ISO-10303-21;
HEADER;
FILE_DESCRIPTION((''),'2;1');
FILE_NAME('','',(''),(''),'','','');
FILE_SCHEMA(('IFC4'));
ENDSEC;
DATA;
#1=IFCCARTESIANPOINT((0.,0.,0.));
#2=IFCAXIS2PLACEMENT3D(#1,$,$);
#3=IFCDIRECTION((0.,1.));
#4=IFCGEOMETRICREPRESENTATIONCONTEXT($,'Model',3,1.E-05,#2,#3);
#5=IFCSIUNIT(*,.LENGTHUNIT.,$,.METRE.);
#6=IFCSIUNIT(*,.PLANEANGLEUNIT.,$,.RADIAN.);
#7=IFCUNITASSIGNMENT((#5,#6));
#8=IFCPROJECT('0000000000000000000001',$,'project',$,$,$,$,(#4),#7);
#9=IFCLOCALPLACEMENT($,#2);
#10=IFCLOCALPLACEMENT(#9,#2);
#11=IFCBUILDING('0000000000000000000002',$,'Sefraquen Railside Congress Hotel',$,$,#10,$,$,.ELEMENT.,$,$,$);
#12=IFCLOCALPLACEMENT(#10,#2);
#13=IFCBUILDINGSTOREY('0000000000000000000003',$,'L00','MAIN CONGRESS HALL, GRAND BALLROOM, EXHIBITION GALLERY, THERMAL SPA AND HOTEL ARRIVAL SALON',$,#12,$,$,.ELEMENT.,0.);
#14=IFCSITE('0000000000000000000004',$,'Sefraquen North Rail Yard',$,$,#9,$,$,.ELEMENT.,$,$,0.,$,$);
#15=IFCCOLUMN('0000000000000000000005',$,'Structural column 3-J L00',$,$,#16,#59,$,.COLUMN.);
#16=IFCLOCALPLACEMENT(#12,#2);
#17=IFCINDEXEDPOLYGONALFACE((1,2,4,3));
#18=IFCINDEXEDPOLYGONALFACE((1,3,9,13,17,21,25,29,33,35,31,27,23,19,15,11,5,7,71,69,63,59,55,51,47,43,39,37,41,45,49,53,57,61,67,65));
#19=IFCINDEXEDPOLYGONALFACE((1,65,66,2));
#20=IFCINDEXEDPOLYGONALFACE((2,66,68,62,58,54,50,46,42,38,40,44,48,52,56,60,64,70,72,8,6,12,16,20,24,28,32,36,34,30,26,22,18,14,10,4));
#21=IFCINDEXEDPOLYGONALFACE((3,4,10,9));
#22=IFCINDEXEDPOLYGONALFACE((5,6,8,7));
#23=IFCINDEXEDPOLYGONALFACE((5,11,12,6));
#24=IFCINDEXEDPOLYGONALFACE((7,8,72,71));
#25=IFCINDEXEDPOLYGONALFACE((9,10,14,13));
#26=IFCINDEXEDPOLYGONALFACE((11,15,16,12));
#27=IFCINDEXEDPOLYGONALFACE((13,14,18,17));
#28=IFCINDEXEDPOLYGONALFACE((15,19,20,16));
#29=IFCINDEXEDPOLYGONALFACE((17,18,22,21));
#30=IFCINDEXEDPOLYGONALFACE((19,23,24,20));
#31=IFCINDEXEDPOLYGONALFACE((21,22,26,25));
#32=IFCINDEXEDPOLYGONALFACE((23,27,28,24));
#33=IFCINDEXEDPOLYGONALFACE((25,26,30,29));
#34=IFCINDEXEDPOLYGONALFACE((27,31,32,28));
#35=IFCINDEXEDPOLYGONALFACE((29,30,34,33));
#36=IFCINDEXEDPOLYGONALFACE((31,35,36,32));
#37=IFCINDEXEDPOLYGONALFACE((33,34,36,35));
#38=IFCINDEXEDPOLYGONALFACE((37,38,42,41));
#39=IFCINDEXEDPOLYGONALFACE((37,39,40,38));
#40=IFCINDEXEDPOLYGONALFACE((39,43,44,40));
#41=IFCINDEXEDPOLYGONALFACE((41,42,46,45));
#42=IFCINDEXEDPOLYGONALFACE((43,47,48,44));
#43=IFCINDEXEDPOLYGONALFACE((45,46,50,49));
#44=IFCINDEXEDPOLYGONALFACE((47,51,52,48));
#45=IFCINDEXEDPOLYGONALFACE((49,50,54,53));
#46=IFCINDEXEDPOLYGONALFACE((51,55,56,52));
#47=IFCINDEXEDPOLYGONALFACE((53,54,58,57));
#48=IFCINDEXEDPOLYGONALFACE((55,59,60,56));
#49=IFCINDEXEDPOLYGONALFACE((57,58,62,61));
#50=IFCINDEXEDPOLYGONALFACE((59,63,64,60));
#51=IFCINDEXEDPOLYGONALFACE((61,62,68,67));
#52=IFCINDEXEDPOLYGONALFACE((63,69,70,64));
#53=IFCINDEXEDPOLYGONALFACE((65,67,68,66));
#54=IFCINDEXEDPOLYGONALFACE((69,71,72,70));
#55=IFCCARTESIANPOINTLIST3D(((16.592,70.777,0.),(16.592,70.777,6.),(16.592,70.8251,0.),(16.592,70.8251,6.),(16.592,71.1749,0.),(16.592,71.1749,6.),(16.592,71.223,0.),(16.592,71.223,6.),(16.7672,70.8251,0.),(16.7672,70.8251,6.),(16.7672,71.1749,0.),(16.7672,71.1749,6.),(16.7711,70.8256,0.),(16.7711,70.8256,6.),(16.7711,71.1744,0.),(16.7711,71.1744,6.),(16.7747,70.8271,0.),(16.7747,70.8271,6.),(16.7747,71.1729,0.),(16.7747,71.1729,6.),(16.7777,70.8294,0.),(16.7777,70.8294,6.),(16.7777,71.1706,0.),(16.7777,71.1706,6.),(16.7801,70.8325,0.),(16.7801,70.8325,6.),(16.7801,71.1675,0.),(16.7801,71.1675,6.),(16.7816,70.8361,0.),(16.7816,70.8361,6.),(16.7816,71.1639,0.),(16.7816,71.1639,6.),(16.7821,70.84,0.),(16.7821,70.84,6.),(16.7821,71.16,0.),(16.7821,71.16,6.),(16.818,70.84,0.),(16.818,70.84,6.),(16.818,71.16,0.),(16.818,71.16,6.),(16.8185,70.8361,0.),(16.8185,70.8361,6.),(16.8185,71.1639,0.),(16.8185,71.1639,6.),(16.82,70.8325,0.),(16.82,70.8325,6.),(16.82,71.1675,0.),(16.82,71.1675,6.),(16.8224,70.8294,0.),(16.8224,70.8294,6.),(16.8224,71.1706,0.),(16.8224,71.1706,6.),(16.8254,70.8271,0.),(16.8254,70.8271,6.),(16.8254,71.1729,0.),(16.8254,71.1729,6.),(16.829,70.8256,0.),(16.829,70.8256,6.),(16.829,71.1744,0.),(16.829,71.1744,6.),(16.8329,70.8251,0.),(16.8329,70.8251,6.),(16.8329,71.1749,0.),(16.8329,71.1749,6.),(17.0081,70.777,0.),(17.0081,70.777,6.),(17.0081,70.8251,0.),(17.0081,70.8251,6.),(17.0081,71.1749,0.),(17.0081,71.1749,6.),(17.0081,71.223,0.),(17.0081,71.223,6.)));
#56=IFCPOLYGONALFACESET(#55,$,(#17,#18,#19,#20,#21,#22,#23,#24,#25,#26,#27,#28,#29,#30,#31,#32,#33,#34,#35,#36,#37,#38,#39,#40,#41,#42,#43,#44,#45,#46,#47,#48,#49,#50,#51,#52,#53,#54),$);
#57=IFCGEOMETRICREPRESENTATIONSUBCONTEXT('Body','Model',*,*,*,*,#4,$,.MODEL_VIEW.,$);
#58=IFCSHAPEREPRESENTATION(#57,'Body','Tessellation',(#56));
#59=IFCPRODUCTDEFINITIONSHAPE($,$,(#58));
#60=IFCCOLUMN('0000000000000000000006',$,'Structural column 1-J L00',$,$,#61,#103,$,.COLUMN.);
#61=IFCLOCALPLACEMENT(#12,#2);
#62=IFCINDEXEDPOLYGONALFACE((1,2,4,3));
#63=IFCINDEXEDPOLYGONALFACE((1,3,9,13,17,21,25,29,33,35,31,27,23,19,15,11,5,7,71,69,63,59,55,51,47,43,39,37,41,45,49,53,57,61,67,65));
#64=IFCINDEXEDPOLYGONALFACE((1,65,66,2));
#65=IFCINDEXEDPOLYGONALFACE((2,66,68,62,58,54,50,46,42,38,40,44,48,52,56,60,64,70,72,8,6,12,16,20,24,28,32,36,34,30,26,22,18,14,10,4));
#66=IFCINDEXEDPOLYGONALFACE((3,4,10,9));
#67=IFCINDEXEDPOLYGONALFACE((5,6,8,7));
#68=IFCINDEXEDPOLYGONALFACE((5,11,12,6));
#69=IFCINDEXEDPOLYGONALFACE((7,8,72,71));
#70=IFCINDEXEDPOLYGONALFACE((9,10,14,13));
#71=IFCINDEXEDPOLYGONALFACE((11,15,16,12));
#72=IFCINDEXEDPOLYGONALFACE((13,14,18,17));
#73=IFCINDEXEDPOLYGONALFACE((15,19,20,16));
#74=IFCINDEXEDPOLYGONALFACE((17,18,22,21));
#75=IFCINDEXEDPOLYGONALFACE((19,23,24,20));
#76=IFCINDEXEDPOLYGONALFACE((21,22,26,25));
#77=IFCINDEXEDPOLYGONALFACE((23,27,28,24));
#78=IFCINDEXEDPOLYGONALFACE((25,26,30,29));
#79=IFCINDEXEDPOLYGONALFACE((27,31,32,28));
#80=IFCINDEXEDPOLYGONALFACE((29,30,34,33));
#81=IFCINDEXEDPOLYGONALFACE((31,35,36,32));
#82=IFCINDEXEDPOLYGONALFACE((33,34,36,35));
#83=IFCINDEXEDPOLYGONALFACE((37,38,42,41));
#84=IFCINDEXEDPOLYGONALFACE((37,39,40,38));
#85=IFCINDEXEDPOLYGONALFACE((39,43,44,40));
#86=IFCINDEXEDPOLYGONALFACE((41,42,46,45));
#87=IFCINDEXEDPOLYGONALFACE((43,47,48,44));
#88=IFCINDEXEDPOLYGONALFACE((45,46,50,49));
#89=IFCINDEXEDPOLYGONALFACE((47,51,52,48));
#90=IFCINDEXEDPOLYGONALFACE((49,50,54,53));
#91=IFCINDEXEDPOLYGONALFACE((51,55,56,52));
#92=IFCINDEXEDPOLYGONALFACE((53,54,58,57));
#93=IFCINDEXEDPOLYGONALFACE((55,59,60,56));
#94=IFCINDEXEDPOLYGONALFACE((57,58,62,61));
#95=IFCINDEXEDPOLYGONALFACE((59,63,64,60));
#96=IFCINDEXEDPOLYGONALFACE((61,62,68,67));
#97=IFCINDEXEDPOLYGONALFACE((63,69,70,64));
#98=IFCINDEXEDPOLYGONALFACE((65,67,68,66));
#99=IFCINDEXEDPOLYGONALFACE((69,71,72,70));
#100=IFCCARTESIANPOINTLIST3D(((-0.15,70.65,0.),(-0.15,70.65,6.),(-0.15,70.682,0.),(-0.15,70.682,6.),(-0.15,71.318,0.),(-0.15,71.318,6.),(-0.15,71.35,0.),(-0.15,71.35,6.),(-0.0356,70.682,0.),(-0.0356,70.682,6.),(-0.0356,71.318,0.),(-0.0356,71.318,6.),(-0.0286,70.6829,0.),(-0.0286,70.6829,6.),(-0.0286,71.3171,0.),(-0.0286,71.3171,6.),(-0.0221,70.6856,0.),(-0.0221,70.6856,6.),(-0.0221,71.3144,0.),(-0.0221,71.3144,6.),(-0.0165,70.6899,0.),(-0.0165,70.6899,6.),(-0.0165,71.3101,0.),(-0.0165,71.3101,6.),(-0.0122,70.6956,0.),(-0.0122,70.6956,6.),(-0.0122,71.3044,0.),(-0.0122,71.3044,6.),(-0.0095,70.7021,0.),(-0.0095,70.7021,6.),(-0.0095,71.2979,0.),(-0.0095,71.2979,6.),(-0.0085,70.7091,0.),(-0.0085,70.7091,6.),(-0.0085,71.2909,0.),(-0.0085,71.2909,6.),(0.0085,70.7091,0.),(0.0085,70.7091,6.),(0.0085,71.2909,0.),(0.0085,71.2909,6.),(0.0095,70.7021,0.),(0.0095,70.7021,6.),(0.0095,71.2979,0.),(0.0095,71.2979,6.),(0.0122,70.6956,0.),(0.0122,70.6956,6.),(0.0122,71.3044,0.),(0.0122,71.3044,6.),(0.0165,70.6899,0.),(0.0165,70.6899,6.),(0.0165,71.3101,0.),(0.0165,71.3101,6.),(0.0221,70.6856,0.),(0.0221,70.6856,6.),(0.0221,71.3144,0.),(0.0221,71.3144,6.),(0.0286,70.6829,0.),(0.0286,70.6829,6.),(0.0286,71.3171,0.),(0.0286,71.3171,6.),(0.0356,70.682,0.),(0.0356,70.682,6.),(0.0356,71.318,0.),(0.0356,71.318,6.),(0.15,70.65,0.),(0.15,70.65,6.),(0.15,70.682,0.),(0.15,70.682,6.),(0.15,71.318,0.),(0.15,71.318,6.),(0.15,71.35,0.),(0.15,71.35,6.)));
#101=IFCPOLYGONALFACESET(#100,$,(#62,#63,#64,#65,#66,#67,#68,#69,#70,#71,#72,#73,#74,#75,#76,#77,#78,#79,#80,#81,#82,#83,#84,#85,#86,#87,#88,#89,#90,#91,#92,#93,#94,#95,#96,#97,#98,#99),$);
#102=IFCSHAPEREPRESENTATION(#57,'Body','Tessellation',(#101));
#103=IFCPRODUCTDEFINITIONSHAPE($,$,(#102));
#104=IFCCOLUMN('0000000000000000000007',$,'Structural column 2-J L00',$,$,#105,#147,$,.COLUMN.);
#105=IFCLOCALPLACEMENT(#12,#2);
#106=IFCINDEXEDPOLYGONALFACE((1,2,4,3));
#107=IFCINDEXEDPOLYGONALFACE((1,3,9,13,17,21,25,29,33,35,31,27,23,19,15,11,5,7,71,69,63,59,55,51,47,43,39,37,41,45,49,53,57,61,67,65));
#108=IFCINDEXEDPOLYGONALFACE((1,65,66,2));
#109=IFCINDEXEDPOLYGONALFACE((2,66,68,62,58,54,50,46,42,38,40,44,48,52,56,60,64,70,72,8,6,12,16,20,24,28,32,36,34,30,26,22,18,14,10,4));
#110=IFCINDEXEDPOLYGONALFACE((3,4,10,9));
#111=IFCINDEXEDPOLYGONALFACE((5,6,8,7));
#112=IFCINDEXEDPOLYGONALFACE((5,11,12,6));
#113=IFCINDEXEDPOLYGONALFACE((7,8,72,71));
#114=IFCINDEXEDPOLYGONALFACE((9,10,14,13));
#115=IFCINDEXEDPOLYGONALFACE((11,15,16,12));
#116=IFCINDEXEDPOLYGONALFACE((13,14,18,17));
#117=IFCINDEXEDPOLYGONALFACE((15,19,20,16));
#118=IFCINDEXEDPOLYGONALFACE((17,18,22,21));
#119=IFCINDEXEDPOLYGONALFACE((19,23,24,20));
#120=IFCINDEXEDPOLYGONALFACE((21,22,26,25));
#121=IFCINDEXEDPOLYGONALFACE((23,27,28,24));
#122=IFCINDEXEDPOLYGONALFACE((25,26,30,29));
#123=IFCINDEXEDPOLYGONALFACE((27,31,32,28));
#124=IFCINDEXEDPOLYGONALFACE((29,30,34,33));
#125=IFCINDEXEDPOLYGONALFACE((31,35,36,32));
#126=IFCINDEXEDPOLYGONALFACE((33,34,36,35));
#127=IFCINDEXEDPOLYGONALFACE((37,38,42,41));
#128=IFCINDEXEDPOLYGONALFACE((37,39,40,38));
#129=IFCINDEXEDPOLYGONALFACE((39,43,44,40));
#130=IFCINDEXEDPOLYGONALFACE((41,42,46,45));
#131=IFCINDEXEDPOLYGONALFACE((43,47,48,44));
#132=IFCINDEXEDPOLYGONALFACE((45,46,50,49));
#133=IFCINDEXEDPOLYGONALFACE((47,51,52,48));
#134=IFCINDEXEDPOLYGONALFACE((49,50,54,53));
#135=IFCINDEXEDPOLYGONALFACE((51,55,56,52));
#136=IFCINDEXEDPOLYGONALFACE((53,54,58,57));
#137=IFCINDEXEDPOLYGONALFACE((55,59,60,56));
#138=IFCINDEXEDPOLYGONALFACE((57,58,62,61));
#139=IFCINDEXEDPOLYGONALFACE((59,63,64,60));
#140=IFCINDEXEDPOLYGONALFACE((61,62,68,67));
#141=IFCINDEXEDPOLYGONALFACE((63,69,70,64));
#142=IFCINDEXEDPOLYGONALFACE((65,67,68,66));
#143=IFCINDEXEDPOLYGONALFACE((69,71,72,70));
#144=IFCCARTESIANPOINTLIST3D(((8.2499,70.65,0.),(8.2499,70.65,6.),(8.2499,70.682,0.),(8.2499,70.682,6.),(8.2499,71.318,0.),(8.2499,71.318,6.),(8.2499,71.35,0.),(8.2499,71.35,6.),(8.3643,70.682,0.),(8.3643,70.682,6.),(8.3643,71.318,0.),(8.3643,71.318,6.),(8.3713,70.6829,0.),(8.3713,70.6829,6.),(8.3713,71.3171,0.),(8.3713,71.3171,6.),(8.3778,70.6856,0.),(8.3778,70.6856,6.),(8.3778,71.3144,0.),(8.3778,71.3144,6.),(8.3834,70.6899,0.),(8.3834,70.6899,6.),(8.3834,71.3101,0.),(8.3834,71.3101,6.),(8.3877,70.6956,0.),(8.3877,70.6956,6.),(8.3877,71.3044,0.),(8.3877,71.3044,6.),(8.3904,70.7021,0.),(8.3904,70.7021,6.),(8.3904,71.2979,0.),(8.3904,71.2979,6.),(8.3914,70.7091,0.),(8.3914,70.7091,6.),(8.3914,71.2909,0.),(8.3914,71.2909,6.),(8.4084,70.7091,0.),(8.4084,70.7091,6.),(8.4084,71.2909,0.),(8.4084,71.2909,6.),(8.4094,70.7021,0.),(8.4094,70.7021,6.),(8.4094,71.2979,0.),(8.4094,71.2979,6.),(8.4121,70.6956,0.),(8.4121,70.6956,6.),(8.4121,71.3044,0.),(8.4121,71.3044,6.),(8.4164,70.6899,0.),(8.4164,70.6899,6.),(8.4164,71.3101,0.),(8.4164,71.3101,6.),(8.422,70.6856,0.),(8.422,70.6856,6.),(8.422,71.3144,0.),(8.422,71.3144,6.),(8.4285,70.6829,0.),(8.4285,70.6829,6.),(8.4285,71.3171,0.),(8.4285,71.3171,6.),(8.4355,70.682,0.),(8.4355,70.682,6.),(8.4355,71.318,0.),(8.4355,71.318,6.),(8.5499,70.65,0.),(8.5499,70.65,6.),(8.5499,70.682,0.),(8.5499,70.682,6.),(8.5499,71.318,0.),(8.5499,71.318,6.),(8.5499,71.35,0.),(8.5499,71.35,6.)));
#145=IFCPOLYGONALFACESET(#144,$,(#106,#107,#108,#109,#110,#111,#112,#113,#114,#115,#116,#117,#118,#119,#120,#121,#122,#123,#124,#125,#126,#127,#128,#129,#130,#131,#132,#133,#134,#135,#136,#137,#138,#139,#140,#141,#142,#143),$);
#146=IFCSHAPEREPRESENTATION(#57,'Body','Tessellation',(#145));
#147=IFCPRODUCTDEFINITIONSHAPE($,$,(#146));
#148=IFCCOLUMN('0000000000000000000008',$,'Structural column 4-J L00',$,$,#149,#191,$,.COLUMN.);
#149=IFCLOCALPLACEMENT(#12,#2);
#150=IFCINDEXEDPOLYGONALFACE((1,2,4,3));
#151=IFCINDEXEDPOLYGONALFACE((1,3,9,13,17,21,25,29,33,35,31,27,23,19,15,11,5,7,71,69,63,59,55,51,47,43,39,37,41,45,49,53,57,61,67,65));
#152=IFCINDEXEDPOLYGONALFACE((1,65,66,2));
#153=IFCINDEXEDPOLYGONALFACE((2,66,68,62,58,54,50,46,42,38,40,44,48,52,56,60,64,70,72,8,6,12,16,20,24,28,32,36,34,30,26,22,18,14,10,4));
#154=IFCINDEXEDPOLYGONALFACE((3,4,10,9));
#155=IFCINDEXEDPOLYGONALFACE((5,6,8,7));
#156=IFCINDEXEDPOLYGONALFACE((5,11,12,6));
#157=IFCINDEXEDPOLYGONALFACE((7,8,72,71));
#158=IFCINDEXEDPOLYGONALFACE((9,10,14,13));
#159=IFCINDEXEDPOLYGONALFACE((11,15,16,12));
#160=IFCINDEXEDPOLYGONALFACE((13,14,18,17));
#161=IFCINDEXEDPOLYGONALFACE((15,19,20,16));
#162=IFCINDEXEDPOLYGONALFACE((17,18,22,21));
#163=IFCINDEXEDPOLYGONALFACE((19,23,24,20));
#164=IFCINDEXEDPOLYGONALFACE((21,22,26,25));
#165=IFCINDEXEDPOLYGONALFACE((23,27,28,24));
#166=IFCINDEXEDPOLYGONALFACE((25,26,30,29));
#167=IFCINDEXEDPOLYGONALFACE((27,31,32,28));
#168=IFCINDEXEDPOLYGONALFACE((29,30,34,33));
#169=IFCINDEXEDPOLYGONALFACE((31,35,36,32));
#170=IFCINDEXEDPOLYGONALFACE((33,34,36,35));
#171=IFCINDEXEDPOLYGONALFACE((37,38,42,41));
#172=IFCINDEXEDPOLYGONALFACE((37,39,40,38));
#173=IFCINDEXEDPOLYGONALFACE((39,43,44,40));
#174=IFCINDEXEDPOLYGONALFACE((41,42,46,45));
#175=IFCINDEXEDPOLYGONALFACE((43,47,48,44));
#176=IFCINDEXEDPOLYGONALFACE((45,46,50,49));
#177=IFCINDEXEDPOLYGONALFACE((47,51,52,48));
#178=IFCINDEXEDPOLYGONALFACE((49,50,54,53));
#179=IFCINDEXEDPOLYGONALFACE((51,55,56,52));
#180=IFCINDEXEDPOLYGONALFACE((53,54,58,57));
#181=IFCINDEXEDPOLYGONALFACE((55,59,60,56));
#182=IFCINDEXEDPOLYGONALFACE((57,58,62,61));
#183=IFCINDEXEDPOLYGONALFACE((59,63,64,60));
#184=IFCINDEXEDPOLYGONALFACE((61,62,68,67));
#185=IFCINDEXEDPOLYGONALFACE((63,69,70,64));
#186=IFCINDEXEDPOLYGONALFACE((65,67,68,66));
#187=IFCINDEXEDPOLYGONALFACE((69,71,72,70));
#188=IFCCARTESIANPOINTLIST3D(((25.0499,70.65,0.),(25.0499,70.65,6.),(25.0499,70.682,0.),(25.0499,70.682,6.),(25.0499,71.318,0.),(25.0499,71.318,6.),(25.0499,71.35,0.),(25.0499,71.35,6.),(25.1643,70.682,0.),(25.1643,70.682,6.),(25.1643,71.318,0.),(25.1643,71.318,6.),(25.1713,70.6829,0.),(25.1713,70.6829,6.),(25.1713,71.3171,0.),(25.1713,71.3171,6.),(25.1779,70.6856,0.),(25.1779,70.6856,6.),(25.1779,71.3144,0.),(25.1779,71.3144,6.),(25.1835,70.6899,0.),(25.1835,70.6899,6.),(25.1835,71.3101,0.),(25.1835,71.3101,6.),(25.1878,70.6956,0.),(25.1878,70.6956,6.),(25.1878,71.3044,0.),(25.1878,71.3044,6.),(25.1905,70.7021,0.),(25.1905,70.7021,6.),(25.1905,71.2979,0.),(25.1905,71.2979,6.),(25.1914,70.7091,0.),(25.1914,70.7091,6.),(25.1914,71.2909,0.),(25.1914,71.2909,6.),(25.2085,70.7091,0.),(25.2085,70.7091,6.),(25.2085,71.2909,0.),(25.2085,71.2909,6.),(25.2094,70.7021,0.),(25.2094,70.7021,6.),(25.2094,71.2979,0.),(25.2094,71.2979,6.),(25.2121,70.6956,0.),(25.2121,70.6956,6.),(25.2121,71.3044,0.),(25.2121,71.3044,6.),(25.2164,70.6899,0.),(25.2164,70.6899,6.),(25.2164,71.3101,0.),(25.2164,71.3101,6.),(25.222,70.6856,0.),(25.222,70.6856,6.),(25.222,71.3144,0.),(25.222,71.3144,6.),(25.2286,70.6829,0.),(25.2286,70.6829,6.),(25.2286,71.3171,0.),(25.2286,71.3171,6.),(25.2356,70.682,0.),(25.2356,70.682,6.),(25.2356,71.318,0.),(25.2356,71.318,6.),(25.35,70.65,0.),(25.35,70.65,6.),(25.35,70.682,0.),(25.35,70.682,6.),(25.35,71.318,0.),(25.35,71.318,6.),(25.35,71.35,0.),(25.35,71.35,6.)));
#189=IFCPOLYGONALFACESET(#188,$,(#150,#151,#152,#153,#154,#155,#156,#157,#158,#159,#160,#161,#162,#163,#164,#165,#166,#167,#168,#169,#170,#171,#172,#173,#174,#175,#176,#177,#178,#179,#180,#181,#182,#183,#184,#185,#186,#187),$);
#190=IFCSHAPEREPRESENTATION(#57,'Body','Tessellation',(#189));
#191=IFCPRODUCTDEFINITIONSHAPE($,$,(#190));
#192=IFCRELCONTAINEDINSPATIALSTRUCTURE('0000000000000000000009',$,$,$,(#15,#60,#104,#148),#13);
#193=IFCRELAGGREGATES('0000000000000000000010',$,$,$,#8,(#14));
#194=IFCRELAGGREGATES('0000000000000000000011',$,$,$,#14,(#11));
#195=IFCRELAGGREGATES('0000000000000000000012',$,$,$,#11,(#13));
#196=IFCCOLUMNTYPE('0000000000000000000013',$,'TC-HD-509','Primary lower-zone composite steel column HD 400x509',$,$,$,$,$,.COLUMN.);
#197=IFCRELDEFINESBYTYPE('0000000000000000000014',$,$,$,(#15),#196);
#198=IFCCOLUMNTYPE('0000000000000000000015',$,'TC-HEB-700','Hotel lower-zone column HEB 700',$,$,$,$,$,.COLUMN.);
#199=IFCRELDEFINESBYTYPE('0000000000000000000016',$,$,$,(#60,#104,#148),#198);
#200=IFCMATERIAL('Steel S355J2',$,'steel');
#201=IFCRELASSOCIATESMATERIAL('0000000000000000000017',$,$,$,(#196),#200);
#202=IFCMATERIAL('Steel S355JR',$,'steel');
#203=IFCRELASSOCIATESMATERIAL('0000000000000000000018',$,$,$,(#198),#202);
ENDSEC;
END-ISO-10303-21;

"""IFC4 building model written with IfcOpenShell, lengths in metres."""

from ifc_helpers import new_model, si_unit, direction, frame, origin, origin_2d, place, context, subcontext, project, spatial, i_section, extrude, material, material_profile, profile_set, type_object, element, save


model = new_model("IFC4")

# Units and contexts
model_context = context("Model", 3, precision=1e-05, world=origin(), true_north=direction((0.0, 1.0)))
body_context = subcontext(model_context, "Body", "Model", "MODEL_VIEW")
ifc_project = project(units=[si_unit("LENGTHUNIT", "METRE"), si_unit("PLANEANGLEUNIT", "RADIAN")], contexts=[model_context])

# Site, building, storey
site_placement = place(None, origin())
site = spatial("IfcSite", under=ifc_project, at=site_placement, Name="Sefraquen North Rail Yard", CompositionType="ELEMENT", RefElevation=0.0)
building_placement = place(site_placement, origin())
building = spatial("IfcBuilding", under=site, at=building_placement, Name="Sefraquen Railside Congress Hotel", CompositionType="ELEMENT")
storey_placement = place(building_placement, origin())
storey = spatial("IfcBuildingStorey", under=building, at=storey_placement, Name="L00", Description="MAIN CONGRESS HALL, GRAND BALLROOM, EXHIBITION GALLERY, THERMAL SPA AND HOTEL ARRIVAL SALON", CompositionType="ELEMENT", Elevation=0.0)

# Columns
ifc_material_1 = material(Name="Steel S355J2", Category="steel")
ifc_material_profile_1 = material_profile(ifc_material_1, i_section(OverallWidth=0.416, OverallDepth=0.446, WebThickness=0.0359, FlangeThickness=0.0481, FilletRadius=0.0149, at=origin_2d()), Name="HD 400x509")
ifc_profile_set_1 = profile_set([ifc_material_profile_1], Name="Steel S355J2")
column_type_1 = type_object("IfcColumnType", Name="TC-HD-509", Description="Primary lower-zone composite steel column HD 400x509", PredefinedType="COLUMN", material=ifc_profile_set_1)
column_placement = place(storey_placement, frame((16.8, 71.0, 0.0), z_axis=(0.0, 0.0, 1.0), x_axis=(1.0, 0.0, 0.0)))
element("IfcColumn", 1, at=column_placement, inside=storey, type_object=column_type_1, Name="Structural column 3-J L00", PredefinedType="COLUMN", context=body_context, shape_type="SweptSolid", body=[
    extrude(i_section(OverallWidth=0.416, OverallDepth=0.446, WebThickness=0.0359, FlangeThickness=0.0481, FilletRadius=0.0149, at=origin_2d()), origin(), (0.0, 0.0, 1.0), 6.0),
])
ifc_material_2 = material(Name="Steel S355JR", Category="steel")
ifc_material_profile_2 = material_profile(ifc_material_2, i_section(OverallWidth=0.3, OverallDepth=0.7, WebThickness=0.0171, FlangeThickness=0.032, FilletRadius=0.0271, at=origin_2d()), Name="HEB 700")
ifc_profile_set_2 = profile_set([ifc_material_profile_2], Name="Steel S355JR")
column_type_2 = type_object("IfcColumnType", Name="TC-HEB-700", Description="Hotel lower-zone column HEB 700", PredefinedType="COLUMN", material=ifc_profile_set_2)
for number, where, z_axis, x_axis, name in (
    (2, (0.0, 71.0, 0.0), (0.0, 0.0, 1.0), (1.0, 0.0, 0.0), "Structural column 1-J L00"),
    (3, (8.3999, 71.0, 0.0), (0.0, 0.0, 1.0), (1.0, 0.0, 0.0), "Structural column 2-J L00"),
    (4, (25.2, 71.0, 0.0), (0.0, 0.0, 1.0), (1.0, 0.0, 0.0), "Structural column 4-J L00"),
):
    element("IfcColumn", number, at=place(storey_placement, frame(where, z_axis=z_axis, x_axis=x_axis)), inside=storey, type_object=column_type_2, Name=name, PredefinedType="COLUMN", context=body_context, shape_type="SweptSolid", body=[
        extrude(i_section(OverallWidth=0.3, OverallDepth=0.7, WebThickness=0.0171, FlangeThickness=0.032, FilletRadius=0.0271, at=origin_2d()), origin(), (0.0, 0.0, 1.0), 6.0),
    ])

save(model, "model.ifc")
